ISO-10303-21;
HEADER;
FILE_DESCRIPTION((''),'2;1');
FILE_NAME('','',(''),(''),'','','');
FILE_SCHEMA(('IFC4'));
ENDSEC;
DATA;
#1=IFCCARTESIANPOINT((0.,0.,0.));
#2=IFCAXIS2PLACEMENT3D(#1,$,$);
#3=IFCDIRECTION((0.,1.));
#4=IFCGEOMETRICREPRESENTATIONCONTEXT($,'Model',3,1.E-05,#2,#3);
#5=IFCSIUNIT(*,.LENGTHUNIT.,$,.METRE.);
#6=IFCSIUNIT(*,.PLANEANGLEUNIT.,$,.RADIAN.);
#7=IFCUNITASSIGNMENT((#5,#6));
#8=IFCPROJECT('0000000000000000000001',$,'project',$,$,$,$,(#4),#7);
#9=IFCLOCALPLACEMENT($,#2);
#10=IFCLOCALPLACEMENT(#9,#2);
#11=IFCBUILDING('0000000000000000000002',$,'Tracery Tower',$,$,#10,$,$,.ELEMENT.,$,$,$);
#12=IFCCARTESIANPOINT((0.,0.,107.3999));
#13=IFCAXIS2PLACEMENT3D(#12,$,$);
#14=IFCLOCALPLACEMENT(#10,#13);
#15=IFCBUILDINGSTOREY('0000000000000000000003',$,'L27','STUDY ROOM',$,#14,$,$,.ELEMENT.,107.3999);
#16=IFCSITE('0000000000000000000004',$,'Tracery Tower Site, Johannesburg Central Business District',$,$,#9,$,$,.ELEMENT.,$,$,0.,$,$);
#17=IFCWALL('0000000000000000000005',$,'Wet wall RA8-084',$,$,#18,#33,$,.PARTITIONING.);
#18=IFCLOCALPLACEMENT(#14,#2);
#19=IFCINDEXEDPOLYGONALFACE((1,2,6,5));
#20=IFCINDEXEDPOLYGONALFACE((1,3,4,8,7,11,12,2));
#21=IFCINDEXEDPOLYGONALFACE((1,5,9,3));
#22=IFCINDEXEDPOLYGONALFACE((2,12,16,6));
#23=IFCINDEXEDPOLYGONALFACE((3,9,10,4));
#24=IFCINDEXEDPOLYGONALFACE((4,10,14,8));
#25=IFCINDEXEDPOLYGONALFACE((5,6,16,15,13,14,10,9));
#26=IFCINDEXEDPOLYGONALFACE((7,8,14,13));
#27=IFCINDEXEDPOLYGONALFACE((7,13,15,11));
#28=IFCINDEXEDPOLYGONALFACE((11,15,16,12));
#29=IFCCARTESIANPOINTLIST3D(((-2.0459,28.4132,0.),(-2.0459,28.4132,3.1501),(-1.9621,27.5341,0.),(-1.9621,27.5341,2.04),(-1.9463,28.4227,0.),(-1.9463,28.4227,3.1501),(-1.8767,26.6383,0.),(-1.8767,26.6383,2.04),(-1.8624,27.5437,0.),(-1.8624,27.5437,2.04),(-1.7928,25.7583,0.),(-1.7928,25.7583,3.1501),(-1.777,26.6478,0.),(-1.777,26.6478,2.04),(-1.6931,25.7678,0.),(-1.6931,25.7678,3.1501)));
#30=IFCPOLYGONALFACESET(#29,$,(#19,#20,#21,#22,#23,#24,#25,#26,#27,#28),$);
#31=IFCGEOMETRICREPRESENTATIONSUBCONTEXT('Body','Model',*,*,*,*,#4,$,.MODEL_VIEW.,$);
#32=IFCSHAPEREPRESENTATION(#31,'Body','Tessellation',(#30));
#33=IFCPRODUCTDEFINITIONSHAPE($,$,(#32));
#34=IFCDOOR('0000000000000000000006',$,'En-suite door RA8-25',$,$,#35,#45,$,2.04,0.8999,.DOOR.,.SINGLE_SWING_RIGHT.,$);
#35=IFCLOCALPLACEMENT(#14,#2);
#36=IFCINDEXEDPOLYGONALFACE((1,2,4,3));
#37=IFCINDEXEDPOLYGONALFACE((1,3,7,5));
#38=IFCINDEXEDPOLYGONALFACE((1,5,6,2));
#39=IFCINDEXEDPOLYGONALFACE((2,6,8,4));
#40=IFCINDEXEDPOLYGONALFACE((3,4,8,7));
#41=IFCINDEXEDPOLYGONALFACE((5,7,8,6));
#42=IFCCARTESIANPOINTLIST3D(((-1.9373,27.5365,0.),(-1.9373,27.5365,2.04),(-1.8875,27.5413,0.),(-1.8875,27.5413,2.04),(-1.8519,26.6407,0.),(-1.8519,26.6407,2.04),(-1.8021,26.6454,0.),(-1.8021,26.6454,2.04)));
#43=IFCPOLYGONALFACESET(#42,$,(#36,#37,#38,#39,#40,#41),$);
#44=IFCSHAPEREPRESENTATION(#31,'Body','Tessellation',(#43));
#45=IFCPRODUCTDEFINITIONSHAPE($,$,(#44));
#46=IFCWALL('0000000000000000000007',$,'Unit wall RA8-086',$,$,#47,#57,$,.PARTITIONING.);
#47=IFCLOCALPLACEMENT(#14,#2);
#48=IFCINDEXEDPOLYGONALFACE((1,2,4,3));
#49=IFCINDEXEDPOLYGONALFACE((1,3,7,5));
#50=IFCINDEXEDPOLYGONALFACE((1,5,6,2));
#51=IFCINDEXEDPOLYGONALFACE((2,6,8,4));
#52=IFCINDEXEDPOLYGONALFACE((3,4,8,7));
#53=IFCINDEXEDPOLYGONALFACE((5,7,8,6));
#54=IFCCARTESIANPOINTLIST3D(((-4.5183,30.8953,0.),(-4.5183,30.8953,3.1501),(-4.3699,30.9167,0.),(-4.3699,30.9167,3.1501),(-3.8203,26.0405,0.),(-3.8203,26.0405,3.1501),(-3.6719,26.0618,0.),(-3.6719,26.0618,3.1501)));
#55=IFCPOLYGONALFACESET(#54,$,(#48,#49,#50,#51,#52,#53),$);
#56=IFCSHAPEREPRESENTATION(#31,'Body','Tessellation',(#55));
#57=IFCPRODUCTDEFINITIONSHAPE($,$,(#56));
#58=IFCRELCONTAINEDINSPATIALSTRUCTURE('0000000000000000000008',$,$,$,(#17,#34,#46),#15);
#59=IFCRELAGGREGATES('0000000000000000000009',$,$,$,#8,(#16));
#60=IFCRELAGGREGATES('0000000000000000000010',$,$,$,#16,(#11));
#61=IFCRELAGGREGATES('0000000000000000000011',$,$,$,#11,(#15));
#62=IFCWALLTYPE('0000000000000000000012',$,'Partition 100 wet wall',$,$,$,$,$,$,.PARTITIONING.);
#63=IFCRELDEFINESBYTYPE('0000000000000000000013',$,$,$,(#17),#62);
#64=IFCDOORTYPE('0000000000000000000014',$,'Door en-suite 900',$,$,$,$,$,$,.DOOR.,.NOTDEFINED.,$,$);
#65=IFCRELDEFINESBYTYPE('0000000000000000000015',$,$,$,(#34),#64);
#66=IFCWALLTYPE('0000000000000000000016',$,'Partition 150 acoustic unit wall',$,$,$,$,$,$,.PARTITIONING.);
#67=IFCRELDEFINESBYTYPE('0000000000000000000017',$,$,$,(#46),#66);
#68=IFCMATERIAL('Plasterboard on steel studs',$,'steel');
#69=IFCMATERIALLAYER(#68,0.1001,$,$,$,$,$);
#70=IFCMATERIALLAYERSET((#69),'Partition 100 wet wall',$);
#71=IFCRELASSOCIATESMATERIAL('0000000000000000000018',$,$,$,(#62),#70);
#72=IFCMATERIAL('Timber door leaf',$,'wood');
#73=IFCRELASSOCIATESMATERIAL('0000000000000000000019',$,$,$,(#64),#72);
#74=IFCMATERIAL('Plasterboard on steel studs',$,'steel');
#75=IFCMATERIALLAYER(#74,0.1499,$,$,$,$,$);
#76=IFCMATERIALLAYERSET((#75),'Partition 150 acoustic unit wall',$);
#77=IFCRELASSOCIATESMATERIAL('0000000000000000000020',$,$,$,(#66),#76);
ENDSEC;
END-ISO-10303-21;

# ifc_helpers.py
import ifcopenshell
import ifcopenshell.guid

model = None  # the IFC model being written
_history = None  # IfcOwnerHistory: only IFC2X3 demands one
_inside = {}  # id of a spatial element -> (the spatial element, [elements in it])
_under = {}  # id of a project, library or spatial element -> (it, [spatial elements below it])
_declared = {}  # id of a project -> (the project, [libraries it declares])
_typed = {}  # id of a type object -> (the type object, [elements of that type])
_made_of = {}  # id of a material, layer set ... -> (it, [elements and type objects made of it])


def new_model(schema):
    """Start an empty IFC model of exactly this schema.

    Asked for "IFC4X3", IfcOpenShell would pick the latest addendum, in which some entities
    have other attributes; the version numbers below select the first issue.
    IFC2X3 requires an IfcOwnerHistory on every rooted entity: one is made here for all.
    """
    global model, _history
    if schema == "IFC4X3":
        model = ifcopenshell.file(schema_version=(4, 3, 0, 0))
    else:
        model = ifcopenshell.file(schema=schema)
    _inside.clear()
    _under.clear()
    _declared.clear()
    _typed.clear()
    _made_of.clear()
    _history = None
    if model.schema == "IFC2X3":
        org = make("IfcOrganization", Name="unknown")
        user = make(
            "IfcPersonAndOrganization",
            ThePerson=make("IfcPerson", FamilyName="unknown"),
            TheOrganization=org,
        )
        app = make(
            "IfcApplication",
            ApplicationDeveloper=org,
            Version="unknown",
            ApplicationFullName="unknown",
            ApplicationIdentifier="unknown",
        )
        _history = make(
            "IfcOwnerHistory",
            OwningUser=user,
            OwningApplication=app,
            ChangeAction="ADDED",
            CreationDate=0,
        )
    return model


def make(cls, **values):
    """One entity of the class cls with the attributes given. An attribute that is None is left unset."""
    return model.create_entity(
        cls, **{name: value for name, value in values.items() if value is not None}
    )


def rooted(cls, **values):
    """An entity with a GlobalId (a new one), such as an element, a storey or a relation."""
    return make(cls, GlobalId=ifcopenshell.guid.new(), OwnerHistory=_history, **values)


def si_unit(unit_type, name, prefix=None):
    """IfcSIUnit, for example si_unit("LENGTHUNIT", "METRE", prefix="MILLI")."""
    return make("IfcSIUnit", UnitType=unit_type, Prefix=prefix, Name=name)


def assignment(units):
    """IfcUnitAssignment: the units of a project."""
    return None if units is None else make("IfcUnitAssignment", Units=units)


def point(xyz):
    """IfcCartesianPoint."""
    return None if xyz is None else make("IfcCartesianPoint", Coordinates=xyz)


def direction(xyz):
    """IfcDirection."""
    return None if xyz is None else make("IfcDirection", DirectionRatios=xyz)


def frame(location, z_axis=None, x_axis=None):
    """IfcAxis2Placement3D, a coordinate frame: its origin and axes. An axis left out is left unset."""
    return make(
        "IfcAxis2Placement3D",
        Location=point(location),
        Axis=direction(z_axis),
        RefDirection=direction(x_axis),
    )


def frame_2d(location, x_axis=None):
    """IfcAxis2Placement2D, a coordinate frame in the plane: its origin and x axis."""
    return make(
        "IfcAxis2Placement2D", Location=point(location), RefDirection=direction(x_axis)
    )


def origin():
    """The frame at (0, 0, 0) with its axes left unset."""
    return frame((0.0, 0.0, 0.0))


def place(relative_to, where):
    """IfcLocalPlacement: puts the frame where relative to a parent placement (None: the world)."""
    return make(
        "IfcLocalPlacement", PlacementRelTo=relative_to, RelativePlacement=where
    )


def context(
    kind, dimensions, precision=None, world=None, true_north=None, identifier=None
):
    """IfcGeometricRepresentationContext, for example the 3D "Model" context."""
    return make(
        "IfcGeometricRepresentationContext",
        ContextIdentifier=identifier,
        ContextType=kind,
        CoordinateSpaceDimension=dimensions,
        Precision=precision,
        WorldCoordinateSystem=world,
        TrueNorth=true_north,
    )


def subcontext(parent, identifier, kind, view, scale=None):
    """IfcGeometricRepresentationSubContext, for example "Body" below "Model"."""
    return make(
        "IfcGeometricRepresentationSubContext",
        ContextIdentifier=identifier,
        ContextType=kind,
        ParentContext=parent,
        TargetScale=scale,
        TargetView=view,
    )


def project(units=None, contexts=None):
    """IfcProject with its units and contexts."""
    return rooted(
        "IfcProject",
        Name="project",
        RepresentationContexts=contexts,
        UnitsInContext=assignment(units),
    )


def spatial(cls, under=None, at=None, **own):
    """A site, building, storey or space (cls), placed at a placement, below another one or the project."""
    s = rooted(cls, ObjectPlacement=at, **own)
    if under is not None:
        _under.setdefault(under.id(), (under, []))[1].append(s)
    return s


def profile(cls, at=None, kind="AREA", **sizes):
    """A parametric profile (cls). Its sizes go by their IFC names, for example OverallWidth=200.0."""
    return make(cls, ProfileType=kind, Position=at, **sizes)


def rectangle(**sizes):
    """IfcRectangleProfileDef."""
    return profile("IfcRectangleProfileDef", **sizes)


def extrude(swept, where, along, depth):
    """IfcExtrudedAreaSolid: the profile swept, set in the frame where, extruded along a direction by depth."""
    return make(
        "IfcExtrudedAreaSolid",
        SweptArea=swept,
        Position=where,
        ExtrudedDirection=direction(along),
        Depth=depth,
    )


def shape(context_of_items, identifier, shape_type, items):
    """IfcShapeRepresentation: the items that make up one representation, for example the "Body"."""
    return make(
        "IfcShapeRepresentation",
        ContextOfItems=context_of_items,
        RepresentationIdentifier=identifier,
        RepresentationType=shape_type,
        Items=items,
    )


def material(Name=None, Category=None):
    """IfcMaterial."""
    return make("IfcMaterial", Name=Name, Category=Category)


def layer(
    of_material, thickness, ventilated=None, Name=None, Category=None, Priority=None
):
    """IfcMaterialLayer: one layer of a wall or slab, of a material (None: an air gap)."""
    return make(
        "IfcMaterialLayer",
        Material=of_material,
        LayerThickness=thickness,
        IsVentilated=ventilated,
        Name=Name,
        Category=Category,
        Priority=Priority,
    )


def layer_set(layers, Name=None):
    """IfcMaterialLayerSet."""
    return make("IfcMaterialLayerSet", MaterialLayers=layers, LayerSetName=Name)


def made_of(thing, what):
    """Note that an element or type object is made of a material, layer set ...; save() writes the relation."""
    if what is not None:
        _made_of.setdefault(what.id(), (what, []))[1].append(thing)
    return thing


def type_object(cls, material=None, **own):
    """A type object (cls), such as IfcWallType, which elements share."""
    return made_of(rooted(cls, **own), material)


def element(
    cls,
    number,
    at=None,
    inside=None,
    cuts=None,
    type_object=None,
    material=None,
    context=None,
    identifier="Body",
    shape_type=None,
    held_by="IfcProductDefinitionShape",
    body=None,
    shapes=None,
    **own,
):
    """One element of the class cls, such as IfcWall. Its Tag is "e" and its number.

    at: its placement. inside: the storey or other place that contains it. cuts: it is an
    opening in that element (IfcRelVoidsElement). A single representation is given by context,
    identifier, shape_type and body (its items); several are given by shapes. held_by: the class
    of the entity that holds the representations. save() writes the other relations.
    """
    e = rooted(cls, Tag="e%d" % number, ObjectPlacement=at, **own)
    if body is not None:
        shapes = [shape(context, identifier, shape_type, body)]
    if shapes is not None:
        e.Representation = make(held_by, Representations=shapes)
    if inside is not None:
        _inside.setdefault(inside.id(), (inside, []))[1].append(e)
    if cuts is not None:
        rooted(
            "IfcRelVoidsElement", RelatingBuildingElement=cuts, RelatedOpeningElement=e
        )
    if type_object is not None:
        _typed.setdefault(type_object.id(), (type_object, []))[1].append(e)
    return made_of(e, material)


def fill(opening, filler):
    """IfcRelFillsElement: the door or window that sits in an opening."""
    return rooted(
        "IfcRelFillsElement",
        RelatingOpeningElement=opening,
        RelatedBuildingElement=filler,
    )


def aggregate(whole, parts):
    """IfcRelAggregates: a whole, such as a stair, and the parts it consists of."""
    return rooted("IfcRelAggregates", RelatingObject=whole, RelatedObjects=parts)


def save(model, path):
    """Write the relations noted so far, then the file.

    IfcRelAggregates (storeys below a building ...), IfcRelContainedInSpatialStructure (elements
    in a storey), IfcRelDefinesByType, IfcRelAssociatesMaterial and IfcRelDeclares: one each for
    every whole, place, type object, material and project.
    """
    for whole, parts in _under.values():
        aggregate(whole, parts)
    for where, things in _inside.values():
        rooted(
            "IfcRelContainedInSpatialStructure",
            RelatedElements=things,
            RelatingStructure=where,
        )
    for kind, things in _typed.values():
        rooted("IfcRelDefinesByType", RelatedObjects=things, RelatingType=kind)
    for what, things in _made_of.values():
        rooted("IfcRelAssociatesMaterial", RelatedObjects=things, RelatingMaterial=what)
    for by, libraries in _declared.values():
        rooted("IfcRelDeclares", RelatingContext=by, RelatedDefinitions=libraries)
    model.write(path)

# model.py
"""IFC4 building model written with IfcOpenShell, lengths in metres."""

from ifc_helpers import new_model, si_unit, direction, frame, frame_2d, origin, place, context, subcontext, project, spatial, rectangle, extrude, material, layer, layer_set, type_object, element, fill, save


model = new_model("IFC4")

# Units and contexts
model_context = context("Model", 3, precision=1e-05, world=origin(), true_north=direction((0.0, 1.0)))
body_context = subcontext(model_context, "Body", "Model", "MODEL_VIEW")
ifc_project = project(units=[si_unit("LENGTHUNIT", "METRE"), si_unit("PLANEANGLEUNIT", "RADIAN")], contexts=[model_context])

# Site, building, storey
site_placement = place(None, origin())
site = spatial("IfcSite", under=ifc_project, at=site_placement, Name="Tracery Tower Site, Johannesburg Central Business District", CompositionType="ELEMENT", RefElevation=0.0)
building_placement = place(site_placement, origin())
building = spatial("IfcBuilding", under=site, at=building_placement, Name="Tracery Tower", CompositionType="ELEMENT")
storey_placement = place(building_placement, frame((0.0, 0.0, 107.3999)))
storey = spatial("IfcBuildingStorey", under=building, at=storey_placement, Name="L27", Description="STUDY ROOM", CompositionType="ELEMENT", Elevation=107.3999)

# Wall, opening, door
ifc_material_1 = material(Name="Plasterboard on steel studs", Category="steel")
ifc_layer_1 = layer(ifc_material_1, 0.1001)
ifc_layer_set_1 = layer_set([ifc_layer_1], Name="Partition 100 wet wall")
wall_type_1 = type_object("IfcWallType", Name="Partition 100 wet wall", PredefinedType="PARTITIONING", material=ifc_layer_set_1)
wall_1_placement = place(storey_placement, frame((-1.9961, 28.418, 0.0), z_axis=(0.0, 0.0, 1.0), x_axis=(0.094926, -0.995484, 0.0)))
wall_1 = element("IfcWall", 1, at=wall_1_placement, inside=storey, type_object=wall_type_1, Name="Wet wall RA8-084", PredefinedType="PARTITIONING", context=body_context, shape_type="SweptSolid", body=[
    extrude(rectangle(XDim=2.667, YDim=0.1001, at=frame_2d((1.3335, 0.0))), origin(), (0.0, 0.0, 1.0), 3.1501),
])
opening_1_placement = place(wall_1_placement, frame((0.8831, 0.0, 0.0)))
opening_1 = element("IfcOpeningElement", 2, at=opening_1_placement, cuts=wall_1, PredefinedType="OPENING", context=body_context, shape_type="SweptSolid", body=[
    extrude(rectangle(XDim=0.8999, YDim=2.04, at=frame_2d((0.45, 1.02))), frame((0.0, 0.05, 0.0), z_axis=(0.0, -1.0, 0.0), x_axis=(1.0, 0.0, 0.0)), (0.0, 0.0, 1.0), 0.1001),
])
ifc_material_2 = material(Name="Timber door leaf", Category="wood")
door_type_1 = type_object("IfcDoorType", Name="Door en-suite 900", OperationType="NOTDEFINED", PredefinedType="DOOR", material=ifc_material_2)
door_1_placement = place(opening_1_placement, origin())
door_1 = element("IfcDoor", 3, at=door_1_placement, inside=storey, type_object=door_type_1, Name="En-suite door RA8-25", OperationType="SINGLE_SWING_RIGHT", OverallHeight=2.04, OverallWidth=0.8999, PredefinedType="DOOR", context=body_context, shape_type="SweptSolid", body=[
    extrude(rectangle(XDim=0.8999, YDim=2.04, at=frame_2d((0.45, 1.02))), frame((0.0, 0.0249, 0.0), z_axis=(0.0, -1.0, 0.0), x_axis=(1.0, 0.0, 0.0)), (0.0, 0.0, 1.0), 0.05),
])
fill(opening_1, door_1)

# Wall
ifc_material_3 = material(Name="Plasterboard on steel studs", Category="steel")
ifc_layer_2 = layer(ifc_material_3, 0.1499)
ifc_layer_set_2 = layer_set([ifc_layer_2], Name="Partition 150 acoustic unit wall")
wall_type_2 = type_object("IfcWallType", Name="Partition 150 acoustic unit wall", PredefinedType="PARTITIONING", material=ifc_layer_set_2)
wall_2_placement = place(storey_placement, frame((-4.4441, 30.906, 0.0), z_axis=(0.0, 0.0, 1.0), x_axis=(0.142306, -0.989823, 0.0)))
element("IfcWall", 4, at=wall_2_placement, inside=storey, type_object=wall_type_2, Name="Unit wall RA8-086", PredefinedType="PARTITIONING", context=body_context, shape_type="SweptSolid", body=[
    extrude(rectangle(XDim=4.9048, YDim=0.1499, at=frame_2d((2.4524, 0.0))), origin(), (0.0, 0.0, 1.0), 3.1501),
])

save(model, "model.ifc")
